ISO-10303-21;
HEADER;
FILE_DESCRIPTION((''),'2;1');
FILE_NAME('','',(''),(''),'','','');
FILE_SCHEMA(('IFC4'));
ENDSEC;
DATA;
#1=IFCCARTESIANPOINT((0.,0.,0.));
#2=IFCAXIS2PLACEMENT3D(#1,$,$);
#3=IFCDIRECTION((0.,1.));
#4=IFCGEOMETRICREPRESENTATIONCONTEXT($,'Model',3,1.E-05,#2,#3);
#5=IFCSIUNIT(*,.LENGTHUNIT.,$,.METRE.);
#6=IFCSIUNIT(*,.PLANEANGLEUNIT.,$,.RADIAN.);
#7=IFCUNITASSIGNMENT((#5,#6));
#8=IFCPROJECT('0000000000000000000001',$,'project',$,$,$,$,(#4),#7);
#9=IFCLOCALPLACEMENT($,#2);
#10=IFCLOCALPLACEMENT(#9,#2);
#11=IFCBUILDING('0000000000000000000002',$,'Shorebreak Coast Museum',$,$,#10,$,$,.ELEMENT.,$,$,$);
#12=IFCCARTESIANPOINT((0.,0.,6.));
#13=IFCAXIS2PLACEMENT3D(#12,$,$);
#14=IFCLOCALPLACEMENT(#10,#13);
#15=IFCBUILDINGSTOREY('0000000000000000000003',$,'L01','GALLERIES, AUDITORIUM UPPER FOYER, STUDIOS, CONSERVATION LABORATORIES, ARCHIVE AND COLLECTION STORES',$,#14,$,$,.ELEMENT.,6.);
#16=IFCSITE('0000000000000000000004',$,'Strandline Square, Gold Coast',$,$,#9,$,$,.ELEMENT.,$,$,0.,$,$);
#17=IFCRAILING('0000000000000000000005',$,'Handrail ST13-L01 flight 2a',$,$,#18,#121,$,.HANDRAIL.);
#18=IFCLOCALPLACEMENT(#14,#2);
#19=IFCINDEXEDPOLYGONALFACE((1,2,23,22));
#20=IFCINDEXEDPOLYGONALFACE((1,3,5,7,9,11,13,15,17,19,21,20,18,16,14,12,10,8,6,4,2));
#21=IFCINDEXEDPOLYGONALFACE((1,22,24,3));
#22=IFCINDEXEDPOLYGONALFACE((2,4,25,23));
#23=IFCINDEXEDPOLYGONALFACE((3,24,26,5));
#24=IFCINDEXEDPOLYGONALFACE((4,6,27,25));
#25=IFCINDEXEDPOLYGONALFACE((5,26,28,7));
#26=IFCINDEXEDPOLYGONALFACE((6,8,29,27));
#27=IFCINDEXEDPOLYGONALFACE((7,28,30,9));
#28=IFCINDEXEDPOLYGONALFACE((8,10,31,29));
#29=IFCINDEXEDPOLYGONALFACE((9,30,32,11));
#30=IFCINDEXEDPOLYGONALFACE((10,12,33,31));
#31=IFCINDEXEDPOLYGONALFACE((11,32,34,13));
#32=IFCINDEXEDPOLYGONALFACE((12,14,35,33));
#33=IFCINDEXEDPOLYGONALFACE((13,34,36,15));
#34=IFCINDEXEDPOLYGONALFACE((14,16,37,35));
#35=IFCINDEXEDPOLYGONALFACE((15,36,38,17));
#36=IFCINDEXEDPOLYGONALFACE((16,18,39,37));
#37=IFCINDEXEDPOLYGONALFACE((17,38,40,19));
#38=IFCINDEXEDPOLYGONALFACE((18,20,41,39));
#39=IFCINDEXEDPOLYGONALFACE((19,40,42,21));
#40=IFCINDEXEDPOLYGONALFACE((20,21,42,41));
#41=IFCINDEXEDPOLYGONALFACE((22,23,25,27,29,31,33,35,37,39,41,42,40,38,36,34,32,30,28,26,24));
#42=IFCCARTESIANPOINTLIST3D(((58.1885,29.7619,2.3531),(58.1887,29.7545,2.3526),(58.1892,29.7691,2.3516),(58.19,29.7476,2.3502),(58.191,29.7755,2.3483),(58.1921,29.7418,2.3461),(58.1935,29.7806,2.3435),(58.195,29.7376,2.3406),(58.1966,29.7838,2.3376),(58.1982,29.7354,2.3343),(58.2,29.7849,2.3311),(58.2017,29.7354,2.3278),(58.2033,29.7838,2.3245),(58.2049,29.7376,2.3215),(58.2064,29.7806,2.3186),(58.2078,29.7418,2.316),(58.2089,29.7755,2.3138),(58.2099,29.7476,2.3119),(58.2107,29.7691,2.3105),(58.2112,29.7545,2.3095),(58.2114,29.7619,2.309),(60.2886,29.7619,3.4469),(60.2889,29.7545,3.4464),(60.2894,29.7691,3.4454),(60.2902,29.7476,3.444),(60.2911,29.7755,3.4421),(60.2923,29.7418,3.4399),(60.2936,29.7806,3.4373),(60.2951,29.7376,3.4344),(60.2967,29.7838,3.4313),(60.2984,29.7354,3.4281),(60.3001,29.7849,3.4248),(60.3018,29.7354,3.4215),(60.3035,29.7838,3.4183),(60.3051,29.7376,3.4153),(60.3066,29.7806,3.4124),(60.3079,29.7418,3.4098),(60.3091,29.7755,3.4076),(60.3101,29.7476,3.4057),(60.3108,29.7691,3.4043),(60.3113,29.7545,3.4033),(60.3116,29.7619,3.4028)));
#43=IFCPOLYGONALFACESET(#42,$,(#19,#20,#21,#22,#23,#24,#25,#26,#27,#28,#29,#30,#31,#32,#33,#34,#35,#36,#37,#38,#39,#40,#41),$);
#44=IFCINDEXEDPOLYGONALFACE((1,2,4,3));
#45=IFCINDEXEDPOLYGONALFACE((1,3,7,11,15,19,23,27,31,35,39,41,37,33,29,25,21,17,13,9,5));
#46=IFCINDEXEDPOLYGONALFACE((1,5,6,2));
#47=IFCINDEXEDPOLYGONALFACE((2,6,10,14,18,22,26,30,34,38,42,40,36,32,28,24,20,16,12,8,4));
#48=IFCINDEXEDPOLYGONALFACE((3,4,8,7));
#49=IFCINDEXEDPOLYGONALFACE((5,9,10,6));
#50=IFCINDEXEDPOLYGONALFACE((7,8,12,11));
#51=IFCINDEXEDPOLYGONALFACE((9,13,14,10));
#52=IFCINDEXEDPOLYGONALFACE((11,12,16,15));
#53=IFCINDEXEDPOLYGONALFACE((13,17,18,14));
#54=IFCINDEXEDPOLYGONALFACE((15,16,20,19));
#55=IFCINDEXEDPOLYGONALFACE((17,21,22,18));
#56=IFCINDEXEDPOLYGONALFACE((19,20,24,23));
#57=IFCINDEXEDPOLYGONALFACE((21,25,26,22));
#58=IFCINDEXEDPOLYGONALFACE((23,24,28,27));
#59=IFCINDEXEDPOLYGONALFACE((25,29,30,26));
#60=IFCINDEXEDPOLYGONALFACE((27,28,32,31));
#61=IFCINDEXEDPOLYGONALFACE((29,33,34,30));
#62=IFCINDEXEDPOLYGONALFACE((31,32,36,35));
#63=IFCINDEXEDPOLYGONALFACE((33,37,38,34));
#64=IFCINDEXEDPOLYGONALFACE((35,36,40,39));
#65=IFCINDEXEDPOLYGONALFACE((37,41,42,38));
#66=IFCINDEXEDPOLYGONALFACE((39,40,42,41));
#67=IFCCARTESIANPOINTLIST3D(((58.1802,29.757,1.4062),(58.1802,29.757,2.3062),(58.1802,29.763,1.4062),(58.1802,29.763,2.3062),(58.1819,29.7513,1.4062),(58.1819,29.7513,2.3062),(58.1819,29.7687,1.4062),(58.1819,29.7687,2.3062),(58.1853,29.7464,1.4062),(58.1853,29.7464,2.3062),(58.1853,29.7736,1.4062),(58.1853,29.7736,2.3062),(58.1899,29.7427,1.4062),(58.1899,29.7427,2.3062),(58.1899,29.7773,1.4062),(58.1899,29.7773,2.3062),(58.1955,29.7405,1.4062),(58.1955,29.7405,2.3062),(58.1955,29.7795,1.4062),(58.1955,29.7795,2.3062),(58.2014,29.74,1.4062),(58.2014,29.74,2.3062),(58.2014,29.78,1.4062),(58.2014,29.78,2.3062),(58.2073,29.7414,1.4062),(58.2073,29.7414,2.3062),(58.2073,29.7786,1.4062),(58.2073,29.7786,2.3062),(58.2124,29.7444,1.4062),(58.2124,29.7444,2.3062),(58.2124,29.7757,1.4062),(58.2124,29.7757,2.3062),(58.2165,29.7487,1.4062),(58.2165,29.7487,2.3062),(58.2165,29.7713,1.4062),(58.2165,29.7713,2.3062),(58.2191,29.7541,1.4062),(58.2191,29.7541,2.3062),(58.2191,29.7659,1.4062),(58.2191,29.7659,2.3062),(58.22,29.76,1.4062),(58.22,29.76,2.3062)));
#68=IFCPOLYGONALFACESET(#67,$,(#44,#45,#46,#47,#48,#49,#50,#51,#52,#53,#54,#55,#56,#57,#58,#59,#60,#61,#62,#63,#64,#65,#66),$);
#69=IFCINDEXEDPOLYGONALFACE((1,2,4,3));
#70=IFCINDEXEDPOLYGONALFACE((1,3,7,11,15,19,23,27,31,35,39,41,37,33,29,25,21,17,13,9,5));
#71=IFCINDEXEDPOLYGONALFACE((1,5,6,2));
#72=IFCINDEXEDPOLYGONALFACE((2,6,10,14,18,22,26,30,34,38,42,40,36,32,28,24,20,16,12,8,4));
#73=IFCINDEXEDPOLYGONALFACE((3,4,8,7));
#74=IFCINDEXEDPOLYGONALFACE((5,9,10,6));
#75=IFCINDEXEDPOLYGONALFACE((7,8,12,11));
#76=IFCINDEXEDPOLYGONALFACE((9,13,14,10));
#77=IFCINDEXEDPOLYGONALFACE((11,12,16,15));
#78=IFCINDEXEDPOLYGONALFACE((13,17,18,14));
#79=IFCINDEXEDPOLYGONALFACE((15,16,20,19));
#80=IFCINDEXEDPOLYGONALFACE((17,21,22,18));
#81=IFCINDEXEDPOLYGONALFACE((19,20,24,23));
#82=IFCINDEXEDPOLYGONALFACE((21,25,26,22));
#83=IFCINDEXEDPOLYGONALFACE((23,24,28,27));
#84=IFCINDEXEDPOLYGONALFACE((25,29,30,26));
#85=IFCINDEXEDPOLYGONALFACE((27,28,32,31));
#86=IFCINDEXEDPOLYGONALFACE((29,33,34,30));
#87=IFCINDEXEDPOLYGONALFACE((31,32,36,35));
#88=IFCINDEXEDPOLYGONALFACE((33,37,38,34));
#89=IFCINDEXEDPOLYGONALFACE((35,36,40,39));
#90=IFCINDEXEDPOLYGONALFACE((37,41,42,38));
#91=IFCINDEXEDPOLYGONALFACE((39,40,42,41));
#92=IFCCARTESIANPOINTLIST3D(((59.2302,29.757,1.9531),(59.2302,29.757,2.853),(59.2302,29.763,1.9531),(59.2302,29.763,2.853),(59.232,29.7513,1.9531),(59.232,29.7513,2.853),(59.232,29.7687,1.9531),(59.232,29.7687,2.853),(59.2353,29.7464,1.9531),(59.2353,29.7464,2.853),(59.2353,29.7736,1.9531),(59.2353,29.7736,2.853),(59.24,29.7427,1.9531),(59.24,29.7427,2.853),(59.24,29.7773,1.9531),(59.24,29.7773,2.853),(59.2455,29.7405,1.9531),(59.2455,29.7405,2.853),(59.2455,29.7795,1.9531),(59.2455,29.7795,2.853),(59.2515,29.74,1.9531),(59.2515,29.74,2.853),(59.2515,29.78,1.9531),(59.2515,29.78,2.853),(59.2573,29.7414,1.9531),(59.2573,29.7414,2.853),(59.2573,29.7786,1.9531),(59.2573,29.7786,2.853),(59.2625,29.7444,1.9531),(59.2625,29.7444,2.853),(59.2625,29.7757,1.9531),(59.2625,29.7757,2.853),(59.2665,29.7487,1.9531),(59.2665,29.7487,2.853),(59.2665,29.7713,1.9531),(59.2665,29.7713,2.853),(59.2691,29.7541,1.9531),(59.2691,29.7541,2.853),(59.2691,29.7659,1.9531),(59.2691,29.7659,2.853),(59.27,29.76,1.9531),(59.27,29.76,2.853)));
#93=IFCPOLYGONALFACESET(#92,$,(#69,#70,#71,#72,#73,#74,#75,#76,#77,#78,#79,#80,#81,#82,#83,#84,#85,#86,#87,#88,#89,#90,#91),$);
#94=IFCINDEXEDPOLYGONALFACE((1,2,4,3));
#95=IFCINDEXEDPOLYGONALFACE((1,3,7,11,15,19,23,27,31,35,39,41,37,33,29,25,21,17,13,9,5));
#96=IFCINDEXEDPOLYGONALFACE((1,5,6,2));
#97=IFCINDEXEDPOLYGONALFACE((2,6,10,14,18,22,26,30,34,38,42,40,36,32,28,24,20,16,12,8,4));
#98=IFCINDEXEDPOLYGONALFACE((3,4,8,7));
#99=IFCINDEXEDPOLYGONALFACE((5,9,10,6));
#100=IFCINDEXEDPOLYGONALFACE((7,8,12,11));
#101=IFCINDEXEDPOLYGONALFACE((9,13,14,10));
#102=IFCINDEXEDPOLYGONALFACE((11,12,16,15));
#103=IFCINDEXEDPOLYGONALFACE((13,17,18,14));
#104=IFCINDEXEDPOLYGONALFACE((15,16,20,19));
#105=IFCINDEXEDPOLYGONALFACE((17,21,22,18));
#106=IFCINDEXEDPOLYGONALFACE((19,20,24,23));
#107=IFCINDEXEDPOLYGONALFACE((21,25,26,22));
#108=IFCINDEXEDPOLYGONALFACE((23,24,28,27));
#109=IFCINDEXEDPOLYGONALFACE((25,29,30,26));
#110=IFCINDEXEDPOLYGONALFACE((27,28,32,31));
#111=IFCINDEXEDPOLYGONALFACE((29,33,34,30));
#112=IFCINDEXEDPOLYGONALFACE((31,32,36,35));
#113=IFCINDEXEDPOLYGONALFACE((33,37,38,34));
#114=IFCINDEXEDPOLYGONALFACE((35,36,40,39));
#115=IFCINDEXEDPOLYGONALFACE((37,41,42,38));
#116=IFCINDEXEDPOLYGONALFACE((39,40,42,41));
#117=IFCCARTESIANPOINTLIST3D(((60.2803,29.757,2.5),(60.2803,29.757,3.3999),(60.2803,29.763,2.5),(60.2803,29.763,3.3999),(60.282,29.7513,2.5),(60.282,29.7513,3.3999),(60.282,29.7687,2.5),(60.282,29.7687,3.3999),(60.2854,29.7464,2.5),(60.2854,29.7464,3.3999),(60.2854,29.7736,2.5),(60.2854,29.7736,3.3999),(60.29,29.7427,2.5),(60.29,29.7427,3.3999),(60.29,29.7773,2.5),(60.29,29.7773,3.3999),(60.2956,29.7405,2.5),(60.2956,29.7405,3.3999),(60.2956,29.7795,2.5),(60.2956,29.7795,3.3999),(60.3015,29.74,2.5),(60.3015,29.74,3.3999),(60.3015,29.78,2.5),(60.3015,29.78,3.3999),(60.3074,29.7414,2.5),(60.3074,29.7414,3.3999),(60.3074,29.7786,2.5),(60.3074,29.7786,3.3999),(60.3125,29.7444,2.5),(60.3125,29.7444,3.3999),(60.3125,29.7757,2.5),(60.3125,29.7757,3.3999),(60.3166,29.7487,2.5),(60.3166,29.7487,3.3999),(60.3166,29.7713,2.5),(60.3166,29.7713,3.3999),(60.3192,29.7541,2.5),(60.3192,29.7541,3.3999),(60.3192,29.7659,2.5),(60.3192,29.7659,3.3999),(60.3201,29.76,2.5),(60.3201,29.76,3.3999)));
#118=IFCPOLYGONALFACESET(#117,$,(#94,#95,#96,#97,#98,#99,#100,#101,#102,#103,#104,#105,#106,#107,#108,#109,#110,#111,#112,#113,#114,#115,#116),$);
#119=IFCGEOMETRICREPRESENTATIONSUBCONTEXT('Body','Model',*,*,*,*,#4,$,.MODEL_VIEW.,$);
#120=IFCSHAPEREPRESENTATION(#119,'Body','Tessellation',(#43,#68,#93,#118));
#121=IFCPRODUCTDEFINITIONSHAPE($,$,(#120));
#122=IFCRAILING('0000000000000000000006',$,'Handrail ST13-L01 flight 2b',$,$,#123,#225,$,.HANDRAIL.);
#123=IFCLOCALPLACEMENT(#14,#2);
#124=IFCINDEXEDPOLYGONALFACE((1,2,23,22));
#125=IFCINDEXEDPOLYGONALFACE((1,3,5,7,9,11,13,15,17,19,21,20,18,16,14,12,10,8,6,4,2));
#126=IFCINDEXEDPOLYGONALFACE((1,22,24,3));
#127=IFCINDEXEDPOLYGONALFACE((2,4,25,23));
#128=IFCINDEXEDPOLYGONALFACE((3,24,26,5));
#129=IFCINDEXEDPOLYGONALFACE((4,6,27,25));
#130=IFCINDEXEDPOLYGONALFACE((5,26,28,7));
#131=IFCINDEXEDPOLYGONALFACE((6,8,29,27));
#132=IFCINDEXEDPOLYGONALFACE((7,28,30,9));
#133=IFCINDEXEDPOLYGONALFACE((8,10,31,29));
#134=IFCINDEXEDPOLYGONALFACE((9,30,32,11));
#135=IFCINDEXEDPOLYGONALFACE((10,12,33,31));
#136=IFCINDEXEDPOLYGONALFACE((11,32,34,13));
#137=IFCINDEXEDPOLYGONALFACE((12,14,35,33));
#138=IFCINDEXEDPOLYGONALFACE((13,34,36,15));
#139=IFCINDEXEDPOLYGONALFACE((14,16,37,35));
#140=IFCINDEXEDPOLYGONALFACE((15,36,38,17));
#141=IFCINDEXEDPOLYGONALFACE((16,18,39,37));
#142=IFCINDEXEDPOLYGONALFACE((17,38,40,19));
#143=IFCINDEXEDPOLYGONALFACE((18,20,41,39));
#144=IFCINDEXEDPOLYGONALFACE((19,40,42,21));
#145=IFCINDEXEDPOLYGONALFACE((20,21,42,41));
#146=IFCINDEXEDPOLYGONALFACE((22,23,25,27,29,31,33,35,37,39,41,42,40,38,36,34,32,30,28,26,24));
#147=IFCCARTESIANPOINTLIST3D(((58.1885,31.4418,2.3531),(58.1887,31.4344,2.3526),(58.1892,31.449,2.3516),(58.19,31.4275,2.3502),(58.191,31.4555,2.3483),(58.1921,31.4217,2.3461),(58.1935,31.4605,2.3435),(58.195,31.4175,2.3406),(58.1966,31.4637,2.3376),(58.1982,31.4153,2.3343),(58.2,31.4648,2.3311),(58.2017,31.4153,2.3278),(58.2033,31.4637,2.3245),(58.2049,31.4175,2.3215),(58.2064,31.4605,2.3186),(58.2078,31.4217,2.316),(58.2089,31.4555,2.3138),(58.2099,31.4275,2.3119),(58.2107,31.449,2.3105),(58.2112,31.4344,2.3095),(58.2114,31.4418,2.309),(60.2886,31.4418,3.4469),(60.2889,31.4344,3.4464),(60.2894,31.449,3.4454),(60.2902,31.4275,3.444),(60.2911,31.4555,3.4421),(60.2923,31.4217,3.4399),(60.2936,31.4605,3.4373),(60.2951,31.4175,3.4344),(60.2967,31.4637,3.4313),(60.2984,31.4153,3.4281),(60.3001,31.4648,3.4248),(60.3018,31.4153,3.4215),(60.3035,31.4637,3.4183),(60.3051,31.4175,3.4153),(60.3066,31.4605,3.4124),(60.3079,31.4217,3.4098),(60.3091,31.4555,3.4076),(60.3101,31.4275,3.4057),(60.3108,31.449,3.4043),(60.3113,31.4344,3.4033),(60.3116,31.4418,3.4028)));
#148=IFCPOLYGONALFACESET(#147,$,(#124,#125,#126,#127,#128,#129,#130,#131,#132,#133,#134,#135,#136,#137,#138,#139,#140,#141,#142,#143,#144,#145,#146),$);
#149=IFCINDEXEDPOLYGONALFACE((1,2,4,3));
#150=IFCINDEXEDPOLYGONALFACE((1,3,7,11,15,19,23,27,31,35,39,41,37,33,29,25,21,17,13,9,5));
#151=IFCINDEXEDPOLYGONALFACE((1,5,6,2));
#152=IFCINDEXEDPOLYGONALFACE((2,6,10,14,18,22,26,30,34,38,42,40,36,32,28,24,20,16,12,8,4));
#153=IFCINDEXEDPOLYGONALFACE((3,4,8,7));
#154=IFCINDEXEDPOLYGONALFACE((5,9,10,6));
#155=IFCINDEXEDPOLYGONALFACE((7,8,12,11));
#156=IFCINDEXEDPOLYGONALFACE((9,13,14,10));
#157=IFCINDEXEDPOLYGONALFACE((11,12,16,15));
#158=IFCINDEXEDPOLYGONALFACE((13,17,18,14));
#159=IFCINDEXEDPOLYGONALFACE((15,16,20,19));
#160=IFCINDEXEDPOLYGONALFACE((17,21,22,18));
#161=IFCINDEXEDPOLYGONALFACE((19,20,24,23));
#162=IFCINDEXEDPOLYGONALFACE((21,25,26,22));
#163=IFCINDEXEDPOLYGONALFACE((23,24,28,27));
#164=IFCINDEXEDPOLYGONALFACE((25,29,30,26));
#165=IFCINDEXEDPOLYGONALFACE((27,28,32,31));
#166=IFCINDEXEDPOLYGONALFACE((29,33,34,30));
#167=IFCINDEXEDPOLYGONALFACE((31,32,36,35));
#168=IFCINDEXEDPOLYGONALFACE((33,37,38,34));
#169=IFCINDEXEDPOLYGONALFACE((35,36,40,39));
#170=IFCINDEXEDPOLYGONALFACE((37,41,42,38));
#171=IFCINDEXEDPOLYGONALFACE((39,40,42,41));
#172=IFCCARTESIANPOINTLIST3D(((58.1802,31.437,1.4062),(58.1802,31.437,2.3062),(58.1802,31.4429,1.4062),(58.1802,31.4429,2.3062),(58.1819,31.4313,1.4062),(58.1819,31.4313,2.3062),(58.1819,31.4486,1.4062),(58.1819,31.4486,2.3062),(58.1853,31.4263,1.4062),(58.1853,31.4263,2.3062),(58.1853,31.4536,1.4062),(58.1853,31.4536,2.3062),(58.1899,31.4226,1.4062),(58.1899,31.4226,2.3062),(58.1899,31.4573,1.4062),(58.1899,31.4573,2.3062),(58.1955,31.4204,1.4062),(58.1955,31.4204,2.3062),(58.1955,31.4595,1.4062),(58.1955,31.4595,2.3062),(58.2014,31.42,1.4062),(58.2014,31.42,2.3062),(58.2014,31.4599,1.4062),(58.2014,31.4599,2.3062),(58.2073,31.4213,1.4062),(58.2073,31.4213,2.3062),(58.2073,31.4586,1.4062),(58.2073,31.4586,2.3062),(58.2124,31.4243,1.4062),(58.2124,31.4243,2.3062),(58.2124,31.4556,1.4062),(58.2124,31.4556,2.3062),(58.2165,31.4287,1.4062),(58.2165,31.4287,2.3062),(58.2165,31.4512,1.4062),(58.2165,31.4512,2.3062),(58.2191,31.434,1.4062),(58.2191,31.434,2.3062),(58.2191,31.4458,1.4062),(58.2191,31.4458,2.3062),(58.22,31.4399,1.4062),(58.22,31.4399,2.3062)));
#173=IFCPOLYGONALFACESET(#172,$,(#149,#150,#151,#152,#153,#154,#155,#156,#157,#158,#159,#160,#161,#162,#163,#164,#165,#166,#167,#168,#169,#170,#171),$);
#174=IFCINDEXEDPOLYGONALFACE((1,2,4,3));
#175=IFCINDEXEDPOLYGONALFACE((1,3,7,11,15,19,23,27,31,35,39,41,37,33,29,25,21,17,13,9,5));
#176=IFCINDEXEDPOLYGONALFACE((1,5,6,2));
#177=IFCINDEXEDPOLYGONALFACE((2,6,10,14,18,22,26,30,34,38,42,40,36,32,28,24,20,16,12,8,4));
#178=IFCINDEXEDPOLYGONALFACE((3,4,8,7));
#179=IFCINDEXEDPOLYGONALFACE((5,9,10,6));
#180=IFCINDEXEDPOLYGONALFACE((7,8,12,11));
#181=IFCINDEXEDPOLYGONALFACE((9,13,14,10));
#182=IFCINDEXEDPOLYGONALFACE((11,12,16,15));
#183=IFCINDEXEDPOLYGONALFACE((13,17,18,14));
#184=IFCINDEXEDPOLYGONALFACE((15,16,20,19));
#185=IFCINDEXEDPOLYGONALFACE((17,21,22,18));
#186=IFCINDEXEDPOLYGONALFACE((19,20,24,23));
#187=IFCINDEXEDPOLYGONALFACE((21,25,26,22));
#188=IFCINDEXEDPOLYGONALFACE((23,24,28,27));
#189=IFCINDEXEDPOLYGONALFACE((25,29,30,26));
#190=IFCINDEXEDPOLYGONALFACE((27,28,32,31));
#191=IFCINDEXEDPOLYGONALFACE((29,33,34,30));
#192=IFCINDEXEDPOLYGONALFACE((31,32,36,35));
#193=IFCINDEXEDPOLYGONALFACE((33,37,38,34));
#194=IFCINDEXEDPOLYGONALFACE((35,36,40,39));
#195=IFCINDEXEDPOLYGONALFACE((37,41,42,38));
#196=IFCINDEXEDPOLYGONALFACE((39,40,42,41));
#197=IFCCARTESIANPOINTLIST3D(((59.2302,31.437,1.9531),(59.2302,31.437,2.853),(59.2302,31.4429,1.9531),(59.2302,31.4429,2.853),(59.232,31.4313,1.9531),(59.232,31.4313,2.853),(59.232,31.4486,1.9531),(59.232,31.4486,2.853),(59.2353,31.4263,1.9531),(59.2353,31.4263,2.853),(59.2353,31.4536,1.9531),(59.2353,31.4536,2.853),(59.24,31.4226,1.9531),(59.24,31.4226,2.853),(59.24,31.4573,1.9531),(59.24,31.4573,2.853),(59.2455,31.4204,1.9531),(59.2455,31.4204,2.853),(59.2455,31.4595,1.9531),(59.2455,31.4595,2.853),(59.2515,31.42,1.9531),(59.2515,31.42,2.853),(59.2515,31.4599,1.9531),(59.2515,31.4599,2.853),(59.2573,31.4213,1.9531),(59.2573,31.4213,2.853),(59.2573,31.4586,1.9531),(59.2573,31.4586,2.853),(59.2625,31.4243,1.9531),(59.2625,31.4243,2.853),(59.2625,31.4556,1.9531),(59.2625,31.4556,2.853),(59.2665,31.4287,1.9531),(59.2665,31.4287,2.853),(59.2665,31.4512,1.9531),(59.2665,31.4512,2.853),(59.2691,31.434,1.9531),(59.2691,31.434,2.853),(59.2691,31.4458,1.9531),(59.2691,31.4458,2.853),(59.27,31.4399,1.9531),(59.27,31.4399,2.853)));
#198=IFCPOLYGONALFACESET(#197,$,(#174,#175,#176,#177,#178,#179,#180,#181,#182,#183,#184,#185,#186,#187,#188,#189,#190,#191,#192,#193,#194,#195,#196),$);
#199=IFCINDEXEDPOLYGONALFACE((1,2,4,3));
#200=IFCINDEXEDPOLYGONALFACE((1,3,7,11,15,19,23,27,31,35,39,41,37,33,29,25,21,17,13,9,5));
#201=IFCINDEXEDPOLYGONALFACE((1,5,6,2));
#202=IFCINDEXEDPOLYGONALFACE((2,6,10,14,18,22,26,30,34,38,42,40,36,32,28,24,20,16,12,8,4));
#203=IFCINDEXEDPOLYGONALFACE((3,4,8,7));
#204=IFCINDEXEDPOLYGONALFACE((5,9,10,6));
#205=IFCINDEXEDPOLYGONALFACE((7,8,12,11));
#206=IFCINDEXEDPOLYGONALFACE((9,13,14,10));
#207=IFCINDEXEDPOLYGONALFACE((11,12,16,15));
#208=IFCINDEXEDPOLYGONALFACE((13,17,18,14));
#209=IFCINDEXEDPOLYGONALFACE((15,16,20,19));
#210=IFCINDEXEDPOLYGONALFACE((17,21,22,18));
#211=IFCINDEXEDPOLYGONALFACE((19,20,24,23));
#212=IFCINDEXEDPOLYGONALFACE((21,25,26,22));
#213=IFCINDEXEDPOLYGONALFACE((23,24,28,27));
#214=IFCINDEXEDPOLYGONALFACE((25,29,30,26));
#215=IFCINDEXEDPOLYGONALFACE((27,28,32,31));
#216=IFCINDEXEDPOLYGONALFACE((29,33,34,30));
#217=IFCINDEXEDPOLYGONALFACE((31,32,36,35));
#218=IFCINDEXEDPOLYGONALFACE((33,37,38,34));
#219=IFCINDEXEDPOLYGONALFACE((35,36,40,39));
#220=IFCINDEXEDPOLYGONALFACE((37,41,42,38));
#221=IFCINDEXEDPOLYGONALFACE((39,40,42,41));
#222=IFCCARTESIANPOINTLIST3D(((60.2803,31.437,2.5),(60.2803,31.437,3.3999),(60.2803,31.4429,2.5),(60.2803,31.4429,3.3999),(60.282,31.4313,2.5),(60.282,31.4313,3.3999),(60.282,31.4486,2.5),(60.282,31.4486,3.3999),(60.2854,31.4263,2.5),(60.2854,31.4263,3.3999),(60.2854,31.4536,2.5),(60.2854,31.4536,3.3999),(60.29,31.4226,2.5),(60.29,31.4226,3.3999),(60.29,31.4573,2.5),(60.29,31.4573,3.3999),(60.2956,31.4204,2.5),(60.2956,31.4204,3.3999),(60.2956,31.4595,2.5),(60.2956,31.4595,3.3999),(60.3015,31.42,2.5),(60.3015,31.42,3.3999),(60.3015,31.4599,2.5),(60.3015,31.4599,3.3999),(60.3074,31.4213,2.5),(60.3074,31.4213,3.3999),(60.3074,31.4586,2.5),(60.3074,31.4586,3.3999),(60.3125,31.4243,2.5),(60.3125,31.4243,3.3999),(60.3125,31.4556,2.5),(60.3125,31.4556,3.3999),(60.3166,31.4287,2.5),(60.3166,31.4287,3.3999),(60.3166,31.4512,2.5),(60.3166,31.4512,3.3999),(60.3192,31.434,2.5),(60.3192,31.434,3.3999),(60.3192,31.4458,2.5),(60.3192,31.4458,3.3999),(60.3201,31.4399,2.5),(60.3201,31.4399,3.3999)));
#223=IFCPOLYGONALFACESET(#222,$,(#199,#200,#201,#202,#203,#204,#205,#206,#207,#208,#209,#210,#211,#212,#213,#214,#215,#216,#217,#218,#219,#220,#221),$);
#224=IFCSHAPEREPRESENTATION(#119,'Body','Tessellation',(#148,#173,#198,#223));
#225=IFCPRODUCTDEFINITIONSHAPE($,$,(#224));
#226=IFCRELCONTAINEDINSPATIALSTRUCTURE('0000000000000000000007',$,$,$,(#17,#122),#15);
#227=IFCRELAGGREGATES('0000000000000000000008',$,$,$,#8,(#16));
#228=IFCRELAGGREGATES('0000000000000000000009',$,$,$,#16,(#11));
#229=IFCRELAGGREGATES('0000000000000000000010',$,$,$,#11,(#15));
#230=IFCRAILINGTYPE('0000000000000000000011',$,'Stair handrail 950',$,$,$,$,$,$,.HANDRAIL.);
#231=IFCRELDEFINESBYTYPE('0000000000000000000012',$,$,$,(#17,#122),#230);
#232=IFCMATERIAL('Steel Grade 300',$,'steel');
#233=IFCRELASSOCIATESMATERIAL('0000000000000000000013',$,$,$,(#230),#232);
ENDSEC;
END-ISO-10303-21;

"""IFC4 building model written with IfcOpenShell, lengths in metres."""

from ifc_helpers import new_model, si_unit, direction, frame, origin, origin_2d, place, context, subcontext, project, spatial, circle, extrude, material, type_object, element, save


model = new_model("IFC4")

# Units and contexts
model_context = context("Model", 3, precision=1e-05, world=origin(), true_north=direction((0.0, 1.0)))
body_context = subcontext(model_context, "Body", "Model", "MODEL_VIEW")
ifc_project = project(units=[si_unit("LENGTHUNIT", "METRE"), si_unit("PLANEANGLEUNIT", "RADIAN")], contexts=[model_context])

# Site, building, storey
site_placement = place(None, origin())
site = spatial("IfcSite", under=ifc_project, at=site_placement, Name="Strandline Square, Gold Coast", CompositionType="ELEMENT", RefElevation=0.0)
building_placement = place(site_placement, origin())
building = spatial("IfcBuilding", under=site, at=building_placement, Name="Shorebreak Coast Museum", CompositionType="ELEMENT")
storey_placement = place(building_placement, frame((0.0, 0.0, 6.0)))
storey = spatial("IfcBuildingStorey", under=building, at=storey_placement, Name="L01", Description="GALLERIES, AUDITORIUM UPPER FOYER, STUDIOS, CONSERVATION LABORATORIES, ARCHIVE AND COLLECTION STORES", CompositionType="ELEMENT", Elevation=6.0)

# Railings
ifc_material_1 = material(Name="Steel Grade 300", Category="steel")
railing_type_1 = type_object("IfcRailingType", Name="Stair handrail 950", PredefinedType="HANDRAIL", material=ifc_material_1)
for number, where, name in (
    (1, (58.2, 29.76, 1.4062), "Handrail ST13-L01 flight 2a"),
    (2, (58.2, 31.4399, 1.4062), "Handrail ST13-L01 flight 2b"),
):
    element("IfcRailing", number, at=place(storey_placement, frame(where)), inside=storey, type_object=railing_type_1, Name=name, PredefinedType="HANDRAIL", context=body_context, shape_type="SweptSolid", body=[
        extrude(circle(Radius=0.0249, at=origin_2d()), frame((0.0, 0.0, 0.9248), z_axis=(0.886923, 0.0, 0.461918), x_axis=(0.0, 1.0, 0.0)), (0.0, 0.0, 1.0), 2.3679),
        extrude(circle(Radius=0.02, at=origin_2d()), origin(), (0.0, 0.0, 1.0), 0.8999),
        extrude(circle(Radius=0.02, at=origin_2d()), frame((1.05, 0.0, 0.5469)), (0.0, 0.0, 1.0), 0.8999),
        extrude(circle(Radius=0.02, at=origin_2d()), frame((2.1001, 0.0, 1.0938)), (0.0, 0.0, 1.0), 0.8999),
    ])

save(model, "model.ifc")
